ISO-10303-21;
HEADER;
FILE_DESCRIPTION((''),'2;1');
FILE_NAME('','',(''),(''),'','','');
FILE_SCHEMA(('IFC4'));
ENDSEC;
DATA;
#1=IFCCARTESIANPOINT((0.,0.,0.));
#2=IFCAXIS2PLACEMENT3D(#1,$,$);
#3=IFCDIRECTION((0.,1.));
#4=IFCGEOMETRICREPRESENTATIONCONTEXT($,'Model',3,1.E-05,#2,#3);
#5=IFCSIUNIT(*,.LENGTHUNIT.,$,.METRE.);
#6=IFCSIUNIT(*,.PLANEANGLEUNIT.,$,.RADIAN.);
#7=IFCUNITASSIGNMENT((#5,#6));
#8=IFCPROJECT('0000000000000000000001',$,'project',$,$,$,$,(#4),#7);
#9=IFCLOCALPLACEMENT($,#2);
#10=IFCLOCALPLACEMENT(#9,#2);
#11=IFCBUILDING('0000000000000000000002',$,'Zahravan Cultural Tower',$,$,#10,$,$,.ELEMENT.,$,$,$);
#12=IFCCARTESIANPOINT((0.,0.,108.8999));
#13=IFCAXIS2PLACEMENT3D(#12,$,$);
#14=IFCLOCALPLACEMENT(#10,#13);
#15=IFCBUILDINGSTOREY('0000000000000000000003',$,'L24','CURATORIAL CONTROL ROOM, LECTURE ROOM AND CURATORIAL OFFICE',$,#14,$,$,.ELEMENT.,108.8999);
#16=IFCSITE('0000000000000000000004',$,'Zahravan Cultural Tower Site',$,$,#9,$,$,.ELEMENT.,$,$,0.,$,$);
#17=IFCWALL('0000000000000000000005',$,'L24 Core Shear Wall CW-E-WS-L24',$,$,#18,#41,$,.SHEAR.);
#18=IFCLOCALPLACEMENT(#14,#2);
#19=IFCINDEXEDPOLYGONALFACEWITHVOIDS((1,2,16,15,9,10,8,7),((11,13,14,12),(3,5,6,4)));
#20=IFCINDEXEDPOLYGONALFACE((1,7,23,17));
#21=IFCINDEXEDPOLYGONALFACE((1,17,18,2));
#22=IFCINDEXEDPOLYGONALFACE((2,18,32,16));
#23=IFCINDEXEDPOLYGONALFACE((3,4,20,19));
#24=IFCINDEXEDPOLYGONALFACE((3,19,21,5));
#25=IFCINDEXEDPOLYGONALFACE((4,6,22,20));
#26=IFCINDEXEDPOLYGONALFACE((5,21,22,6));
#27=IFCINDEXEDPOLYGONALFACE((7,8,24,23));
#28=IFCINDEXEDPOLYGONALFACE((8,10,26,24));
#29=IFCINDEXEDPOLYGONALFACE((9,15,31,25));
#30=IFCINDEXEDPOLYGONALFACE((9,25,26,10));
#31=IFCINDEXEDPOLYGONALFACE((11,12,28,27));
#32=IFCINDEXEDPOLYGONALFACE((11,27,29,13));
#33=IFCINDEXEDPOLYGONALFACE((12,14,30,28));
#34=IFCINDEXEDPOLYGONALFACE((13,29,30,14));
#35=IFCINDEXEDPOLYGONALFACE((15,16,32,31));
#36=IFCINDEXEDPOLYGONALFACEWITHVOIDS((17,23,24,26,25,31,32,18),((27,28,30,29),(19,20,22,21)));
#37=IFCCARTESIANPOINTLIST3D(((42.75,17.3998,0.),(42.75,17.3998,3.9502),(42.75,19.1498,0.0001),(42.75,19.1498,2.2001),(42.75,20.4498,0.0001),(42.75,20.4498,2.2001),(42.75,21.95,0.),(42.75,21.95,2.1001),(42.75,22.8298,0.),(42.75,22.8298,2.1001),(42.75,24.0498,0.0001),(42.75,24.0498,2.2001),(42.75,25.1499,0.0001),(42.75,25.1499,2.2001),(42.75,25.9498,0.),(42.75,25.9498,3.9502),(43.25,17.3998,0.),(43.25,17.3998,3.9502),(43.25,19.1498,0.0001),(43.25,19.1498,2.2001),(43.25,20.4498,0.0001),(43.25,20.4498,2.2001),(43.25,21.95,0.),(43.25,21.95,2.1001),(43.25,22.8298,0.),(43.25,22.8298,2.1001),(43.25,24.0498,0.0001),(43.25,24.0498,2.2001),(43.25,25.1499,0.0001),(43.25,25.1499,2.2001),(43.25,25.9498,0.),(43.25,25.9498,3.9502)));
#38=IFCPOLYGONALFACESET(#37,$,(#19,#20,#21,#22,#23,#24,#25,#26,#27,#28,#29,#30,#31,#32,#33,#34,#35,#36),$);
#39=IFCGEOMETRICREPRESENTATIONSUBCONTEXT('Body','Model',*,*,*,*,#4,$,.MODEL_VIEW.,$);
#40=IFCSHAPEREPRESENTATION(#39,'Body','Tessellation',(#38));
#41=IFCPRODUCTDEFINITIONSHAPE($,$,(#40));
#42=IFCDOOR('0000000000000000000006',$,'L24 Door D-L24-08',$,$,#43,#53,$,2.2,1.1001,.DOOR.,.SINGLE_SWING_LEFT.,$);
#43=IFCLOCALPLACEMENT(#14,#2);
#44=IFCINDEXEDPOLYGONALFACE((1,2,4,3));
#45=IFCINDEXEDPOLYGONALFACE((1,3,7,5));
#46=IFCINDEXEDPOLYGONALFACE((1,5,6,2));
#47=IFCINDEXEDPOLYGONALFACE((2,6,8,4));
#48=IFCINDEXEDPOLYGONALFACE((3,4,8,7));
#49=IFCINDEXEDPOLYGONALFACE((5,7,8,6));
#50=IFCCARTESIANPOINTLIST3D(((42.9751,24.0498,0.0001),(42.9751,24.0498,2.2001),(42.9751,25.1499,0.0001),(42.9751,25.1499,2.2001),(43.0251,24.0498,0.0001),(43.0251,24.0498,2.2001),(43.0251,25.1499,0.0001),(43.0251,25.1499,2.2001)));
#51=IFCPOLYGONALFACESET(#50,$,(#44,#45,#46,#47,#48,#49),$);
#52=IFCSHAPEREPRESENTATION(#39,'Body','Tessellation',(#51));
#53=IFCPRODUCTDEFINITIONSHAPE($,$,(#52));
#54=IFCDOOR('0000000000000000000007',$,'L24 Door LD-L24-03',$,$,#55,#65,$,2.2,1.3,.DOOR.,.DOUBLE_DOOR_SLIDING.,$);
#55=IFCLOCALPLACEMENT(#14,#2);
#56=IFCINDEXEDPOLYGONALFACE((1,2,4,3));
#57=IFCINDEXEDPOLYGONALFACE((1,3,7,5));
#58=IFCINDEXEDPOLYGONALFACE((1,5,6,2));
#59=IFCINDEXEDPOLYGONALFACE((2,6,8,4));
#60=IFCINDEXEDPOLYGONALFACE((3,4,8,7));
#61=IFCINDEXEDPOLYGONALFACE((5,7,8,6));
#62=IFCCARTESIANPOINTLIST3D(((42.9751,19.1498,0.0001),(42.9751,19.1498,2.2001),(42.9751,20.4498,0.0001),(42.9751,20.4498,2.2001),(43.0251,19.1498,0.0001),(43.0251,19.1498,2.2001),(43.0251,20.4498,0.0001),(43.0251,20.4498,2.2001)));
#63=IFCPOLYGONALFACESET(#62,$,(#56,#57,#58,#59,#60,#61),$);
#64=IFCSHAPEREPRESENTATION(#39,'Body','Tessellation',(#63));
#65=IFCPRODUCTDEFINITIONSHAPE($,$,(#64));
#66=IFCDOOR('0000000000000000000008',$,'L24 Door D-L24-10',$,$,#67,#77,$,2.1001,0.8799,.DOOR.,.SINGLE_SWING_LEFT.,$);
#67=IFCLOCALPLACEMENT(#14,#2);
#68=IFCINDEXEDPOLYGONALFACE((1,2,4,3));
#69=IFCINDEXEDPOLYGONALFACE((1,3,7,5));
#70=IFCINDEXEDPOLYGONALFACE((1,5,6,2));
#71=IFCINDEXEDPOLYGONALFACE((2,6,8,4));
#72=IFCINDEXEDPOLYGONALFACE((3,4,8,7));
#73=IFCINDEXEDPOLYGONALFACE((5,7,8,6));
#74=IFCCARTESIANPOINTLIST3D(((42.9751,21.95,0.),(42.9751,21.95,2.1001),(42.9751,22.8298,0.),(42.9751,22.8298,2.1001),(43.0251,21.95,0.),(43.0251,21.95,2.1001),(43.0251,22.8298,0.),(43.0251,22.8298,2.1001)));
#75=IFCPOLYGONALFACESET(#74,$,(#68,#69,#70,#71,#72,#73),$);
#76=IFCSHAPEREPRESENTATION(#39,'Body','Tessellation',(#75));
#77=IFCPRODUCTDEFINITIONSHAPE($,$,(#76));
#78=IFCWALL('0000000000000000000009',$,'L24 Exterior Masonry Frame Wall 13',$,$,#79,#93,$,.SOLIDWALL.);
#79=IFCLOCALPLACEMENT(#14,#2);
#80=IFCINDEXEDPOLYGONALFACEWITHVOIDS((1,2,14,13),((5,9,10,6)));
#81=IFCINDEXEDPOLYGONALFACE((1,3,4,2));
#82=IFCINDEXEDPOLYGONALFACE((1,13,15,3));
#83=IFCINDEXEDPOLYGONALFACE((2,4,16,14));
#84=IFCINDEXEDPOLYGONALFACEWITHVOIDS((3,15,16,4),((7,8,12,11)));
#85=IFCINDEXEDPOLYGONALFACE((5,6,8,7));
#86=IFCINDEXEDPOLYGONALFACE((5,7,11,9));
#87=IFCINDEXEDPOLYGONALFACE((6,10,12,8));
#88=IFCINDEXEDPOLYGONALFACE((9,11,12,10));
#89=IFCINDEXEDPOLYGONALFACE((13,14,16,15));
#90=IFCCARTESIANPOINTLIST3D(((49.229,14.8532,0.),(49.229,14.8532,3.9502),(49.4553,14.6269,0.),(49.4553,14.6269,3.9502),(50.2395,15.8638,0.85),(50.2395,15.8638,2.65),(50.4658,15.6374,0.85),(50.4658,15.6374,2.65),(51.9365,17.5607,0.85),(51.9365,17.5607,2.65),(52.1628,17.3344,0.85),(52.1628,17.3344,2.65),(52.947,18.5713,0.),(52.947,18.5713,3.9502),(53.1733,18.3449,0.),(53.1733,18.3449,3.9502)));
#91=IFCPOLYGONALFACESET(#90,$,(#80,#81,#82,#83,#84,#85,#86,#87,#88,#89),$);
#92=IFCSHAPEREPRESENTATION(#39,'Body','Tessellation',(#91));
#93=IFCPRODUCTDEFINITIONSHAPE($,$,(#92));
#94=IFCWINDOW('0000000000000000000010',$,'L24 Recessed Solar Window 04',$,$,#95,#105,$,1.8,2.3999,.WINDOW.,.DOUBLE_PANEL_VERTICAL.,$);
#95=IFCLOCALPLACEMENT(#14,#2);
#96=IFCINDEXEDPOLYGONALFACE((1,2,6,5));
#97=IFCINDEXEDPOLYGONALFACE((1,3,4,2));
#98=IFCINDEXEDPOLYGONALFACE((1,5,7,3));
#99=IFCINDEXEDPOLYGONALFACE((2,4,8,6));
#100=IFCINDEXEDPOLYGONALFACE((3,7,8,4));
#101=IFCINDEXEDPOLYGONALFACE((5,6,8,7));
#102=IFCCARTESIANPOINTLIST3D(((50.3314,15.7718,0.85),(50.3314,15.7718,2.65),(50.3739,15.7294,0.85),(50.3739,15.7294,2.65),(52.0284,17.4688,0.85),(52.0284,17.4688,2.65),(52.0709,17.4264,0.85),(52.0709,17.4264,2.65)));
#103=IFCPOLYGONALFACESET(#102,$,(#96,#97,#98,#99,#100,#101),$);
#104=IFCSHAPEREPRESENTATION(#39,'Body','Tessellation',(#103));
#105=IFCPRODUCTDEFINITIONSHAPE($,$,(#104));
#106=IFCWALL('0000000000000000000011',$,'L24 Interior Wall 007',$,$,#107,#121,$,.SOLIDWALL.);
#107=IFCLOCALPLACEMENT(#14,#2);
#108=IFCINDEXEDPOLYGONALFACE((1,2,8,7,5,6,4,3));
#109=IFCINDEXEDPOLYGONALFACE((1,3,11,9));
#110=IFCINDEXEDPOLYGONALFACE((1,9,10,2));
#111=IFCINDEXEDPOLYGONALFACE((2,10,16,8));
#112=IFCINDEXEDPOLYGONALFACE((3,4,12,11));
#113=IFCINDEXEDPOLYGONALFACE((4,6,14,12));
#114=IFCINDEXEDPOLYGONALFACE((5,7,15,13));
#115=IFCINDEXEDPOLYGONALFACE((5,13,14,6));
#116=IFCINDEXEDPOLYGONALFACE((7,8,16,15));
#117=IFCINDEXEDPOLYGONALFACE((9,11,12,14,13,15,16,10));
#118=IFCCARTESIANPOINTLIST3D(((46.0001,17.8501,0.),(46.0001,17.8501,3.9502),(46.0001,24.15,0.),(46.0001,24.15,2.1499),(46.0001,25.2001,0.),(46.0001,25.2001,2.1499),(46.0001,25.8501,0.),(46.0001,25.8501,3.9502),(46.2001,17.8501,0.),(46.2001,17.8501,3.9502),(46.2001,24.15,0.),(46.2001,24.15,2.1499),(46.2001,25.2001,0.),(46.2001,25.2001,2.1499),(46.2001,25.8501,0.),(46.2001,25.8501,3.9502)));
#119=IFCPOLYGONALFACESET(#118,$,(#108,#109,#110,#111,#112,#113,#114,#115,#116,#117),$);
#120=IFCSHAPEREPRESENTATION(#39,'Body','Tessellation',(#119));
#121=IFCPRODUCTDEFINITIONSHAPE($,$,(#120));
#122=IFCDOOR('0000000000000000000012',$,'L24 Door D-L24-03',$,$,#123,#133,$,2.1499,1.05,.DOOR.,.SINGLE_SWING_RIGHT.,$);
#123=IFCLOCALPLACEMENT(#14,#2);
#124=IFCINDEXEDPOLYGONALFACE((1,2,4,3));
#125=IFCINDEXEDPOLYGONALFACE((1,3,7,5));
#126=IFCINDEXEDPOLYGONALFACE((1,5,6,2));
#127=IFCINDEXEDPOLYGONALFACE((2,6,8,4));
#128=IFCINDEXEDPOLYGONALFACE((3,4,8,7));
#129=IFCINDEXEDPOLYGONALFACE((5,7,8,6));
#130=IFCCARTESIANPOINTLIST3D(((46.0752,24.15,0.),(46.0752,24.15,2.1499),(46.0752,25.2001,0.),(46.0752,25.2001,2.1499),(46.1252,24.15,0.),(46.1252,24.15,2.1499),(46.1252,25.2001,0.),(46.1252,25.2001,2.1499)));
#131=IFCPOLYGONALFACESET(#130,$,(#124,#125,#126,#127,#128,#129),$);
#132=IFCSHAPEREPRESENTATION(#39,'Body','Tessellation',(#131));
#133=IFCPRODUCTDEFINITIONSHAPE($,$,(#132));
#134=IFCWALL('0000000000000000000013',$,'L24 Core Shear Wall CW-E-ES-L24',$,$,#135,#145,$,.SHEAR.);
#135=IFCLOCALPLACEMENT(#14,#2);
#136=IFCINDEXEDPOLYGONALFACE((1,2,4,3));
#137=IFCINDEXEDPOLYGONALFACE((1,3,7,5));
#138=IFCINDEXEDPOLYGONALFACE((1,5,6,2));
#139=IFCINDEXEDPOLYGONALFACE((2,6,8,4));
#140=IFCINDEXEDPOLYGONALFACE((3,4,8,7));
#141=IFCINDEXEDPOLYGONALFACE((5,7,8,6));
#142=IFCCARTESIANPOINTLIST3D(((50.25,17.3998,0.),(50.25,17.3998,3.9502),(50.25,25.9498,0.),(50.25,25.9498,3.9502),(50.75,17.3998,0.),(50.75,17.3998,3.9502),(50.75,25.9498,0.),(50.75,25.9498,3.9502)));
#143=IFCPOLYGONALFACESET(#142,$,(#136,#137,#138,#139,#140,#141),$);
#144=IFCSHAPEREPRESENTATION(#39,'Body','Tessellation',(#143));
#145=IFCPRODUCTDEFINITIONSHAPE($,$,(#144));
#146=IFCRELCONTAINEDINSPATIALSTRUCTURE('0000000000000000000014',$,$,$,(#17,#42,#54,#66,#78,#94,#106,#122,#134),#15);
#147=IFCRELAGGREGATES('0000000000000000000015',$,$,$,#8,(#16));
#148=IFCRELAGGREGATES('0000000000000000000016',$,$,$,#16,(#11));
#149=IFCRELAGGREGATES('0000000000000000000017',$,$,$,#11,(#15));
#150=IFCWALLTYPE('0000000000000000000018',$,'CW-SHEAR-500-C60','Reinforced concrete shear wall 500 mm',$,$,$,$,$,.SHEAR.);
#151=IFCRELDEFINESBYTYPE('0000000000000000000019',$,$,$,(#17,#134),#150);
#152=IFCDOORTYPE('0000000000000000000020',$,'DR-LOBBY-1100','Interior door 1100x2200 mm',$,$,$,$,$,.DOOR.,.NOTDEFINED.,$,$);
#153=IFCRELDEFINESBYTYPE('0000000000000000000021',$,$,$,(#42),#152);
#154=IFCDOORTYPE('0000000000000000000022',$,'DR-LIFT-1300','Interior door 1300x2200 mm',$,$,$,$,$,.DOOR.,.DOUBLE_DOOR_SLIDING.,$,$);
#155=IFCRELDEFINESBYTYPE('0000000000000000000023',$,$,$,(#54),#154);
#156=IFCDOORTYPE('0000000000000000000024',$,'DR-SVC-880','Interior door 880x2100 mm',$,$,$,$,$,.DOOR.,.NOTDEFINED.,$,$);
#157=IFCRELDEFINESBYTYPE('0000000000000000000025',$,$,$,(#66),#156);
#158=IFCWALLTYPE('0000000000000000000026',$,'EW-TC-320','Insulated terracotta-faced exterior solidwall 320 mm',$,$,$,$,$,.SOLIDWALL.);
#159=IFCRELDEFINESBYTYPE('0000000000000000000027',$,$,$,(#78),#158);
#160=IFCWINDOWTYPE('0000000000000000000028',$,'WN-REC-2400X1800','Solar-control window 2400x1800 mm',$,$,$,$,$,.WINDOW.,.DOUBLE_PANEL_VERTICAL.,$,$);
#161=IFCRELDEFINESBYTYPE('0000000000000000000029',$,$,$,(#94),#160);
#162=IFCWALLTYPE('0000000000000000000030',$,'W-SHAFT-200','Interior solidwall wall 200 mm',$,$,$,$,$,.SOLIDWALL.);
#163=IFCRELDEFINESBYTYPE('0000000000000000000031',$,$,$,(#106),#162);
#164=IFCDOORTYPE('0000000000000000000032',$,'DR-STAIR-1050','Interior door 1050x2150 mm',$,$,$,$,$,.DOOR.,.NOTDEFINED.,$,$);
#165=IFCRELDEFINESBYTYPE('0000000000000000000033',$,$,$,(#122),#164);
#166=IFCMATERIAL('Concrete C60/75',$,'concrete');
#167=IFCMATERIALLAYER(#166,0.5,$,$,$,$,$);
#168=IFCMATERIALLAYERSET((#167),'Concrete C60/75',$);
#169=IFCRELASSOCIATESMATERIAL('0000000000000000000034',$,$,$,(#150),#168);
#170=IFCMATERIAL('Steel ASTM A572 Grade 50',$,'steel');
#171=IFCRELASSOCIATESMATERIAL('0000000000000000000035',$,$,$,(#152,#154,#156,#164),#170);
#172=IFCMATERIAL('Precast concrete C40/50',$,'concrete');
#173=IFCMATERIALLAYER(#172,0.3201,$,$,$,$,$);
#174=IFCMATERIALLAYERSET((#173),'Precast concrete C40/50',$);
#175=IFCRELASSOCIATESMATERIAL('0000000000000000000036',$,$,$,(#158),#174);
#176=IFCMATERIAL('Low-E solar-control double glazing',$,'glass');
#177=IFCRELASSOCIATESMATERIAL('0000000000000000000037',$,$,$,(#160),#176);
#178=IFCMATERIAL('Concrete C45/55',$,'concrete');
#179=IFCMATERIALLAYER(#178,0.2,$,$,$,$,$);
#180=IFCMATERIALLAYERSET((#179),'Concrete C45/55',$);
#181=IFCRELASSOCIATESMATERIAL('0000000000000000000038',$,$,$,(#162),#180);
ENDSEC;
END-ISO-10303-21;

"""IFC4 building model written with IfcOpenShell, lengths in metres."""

from ifc_helpers import new_model, si_unit, direction, frame, frame_2d, origin, place, context, subcontext, project, spatial, rectangle, extrude, source, transform, mapped, material, layer, layer_set, type_object, element, fill, save


model = new_model("IFC4")

# Units and contexts
model_context = context("Model", 3, precision=1e-05, world=origin(), true_north=direction((0.0, 1.0)))
body_context = subcontext(model_context, "Body", "Model", "MODEL_VIEW")
ifc_project = project(units=[si_unit("LENGTHUNIT", "METRE"), si_unit("PLANEANGLEUNIT", "RADIAN")], contexts=[model_context])

# Site, building, storey
site_placement = place(None, origin())
site = spatial("IfcSite", under=ifc_project, at=site_placement, Name="Zahravan Cultural Tower Site", CompositionType="ELEMENT", RefElevation=0.0)
building_placement = place(site_placement, origin())
building = spatial("IfcBuilding", under=site, at=building_placement, Name="Zahravan Cultural Tower", CompositionType="ELEMENT")
storey_placement = place(building_placement, frame((0.0, 0.0, 108.8999)))
storey = spatial("IfcBuildingStorey", under=building, at=storey_placement, Name="L24", Description="CURATORIAL CONTROL ROOM, LECTURE ROOM AND CURATORIAL OFFICE", CompositionType="ELEMENT", Elevation=108.8999)

# Shared definitions
ifc_material_1 = material(Name="Concrete C60/75", Category="concrete")

# Wall, openings, doors
ifc_layer_1 = layer(ifc_material_1, 0.5)
ifc_layer_set_1 = layer_set([ifc_layer_1], Name="Concrete C60/75")
wall_type_1 = type_object("IfcWallType", Name="CW-SHEAR-500-C60", Description="Reinforced concrete shear wall 500 mm", PredefinedType="SHEAR", material=ifc_layer_set_1)
wall_1_placement = place(storey_placement, frame((43.0, 17.3999, 0.0), z_axis=(0.0, 0.0, 1.0), x_axis=(0.0, 1.0, 0.0)))
wall_1 = element("IfcWall", 1, at=wall_1_placement, inside=storey, type_object=wall_type_1, Name="L24 Core Shear Wall CW-E-WS-L24", PredefinedType="SHEAR", context=body_context, shape_type="SweptSolid", body=[
    extrude(rectangle(XDim=8.55, YDim=0.5, at=frame_2d((4.2749, 0.0))), origin(), (0.0, 0.0, 1.0), 3.9502),
])
opening_1_placement = place(wall_1_placement, frame((6.6499, 0.0, 0.0)))
opening_1 = element("IfcOpeningElement", 2, at=opening_1_placement, cuts=wall_1, PredefinedType="OPENING", context=body_context, shape_type="SweptSolid", body=[
    extrude(rectangle(XDim=1.1001, YDim=2.2, at=frame_2d((0.55, 1.1001))), frame((0.0, 0.26, 0.0), z_axis=(0.0, -1.0, 0.0), x_axis=(1.0, 0.0, 0.0)), (0.0, 0.0, 1.0), 0.52),
])
opening_2_placement = place(wall_1_placement, frame((1.75, 0.0, 0.0)))
opening_2 = element("IfcOpeningElement", 3, at=opening_2_placement, cuts=wall_1, PredefinedType="OPENING", context=body_context, shape_type="SweptSolid", body=[
    extrude(rectangle(XDim=1.3, YDim=2.2, at=frame_2d((0.6499, 1.1001))), frame((0.0, 0.26, 0.0), z_axis=(0.0, -1.0, 0.0), x_axis=(1.0, 0.0, 0.0)), (0.0, 0.0, 1.0), 0.52),
])
opening_3_placement = place(wall_1_placement, frame((4.55, 0.0, 0.0)))
opening_3 = element("IfcOpeningElement", 4, at=opening_3_placement, cuts=wall_1, PredefinedType="OPENING", context=body_context, shape_type="SweptSolid", body=[
    extrude(rectangle(XDim=0.8799, YDim=2.1001, at=frame_2d((0.4399, 1.05))), frame((0.0, 0.26, 0.0), z_axis=(0.0, -1.0, 0.0), x_axis=(1.0, 0.0, 0.0)), (0.0, 0.0, 1.0), 0.52),
])
ifc_material_2 = material(Name="Steel ASTM A572 Grade 50", Category="steel")
door_type_1 = type_object("IfcDoorType", Name="DR-LOBBY-1100", Description="Interior door 1100x2200 mm", OperationType="NOTDEFINED", PredefinedType="DOOR", material=ifc_material_2)
shared_shape_1 = source(origin(), body_context, "Body", "SweptSolid", [
    extrude(rectangle(XDim=1.1001, YDim=2.2, at=frame_2d((0.55, 1.1001))), frame((0.0, 0.0249, 0.0), z_axis=(0.0, -1.0, 0.0), x_axis=(1.0, 0.0, 0.0)), (0.0, 0.0, 1.0), 0.05),
])
door_1_placement = place(opening_1_placement, origin())
door_1 = element("IfcDoor", 5, at=door_1_placement, inside=storey, type_object=door_type_1, Name="L24 Door D-L24-08", OperationType="SINGLE_SWING_LEFT", OverallHeight=2.2, OverallWidth=1.1001, PredefinedType="DOOR", context=body_context, shape_type="MappedRepresentation", body=[
    mapped(shared_shape_1, transform((0.0, 0.0, 0.0), x_axis=(1.0, 0.0, 0.0), y_axis=(0.0, 1.0, 0.0), z_axis=(0.0, 0.0, 1.0), scale=1.0)),
])
fill(opening_1, door_1)
door_type_2 = type_object("IfcDoorType", Name="DR-LIFT-1300", Description="Interior door 1300x2200 mm", OperationType="DOUBLE_DOOR_SLIDING", PredefinedType="DOOR", material=ifc_material_2)
shared_shape_2 = source(origin(), body_context, "Body", "SweptSolid", [
    extrude(rectangle(XDim=1.3, YDim=2.2, at=frame_2d((0.6499, 1.1001))), frame((0.0, 0.0249, 0.0), z_axis=(0.0, -1.0, 0.0), x_axis=(1.0, 0.0, 0.0)), (0.0, 0.0, 1.0), 0.05),
])
door_2_placement = place(opening_2_placement, origin())
door_2 = element("IfcDoor", 6, at=door_2_placement, inside=storey, type_object=door_type_2, Name="L24 Door LD-L24-03", OperationType="DOUBLE_DOOR_SLIDING", OverallHeight=2.2, OverallWidth=1.3, PredefinedType="DOOR", context=body_context, shape_type="MappedRepresentation", body=[
    mapped(shared_shape_2, transform((0.0, 0.0, 0.0), x_axis=(1.0, 0.0, 0.0), y_axis=(0.0, 1.0, 0.0), z_axis=(0.0, 0.0, 1.0), scale=1.0)),
])
fill(opening_2, door_2)
door_type_3 = type_object("IfcDoorType", Name="DR-SVC-880", Description="Interior door 880x2100 mm", OperationType="NOTDEFINED", PredefinedType="DOOR", material=ifc_material_2)
shared_shape_3 = source(origin(), body_context, "Body", "SweptSolid", [
    extrude(rectangle(XDim=0.8799, YDim=2.1001, at=frame_2d((0.4399, 1.05))), frame((0.0, 0.0249, 0.0), z_axis=(0.0, -1.0, 0.0), x_axis=(1.0, 0.0, 0.0)), (0.0, 0.0, 1.0), 0.05),
])
door_3_placement = place(opening_3_placement, origin())
door_3 = element("IfcDoor", 7, at=door_3_placement, inside=storey, type_object=door_type_3, Name="L24 Door D-L24-10", OperationType="SINGLE_SWING_LEFT", OverallHeight=2.1001, OverallWidth=0.8799, PredefinedType="DOOR", context=body_context, shape_type="MappedRepresentation", body=[
    mapped(shared_shape_3, transform((0.0, 0.0, 0.0), x_axis=(1.0, 0.0, 0.0), y_axis=(0.0, 1.0, 0.0), z_axis=(0.0, 0.0, 1.0), scale=1.0)),
])
fill(opening_3, door_3)

# Wall, opening, window
ifc_material_3 = material(Name="Precast concrete C40/50", Category="concrete")
ifc_layer_2 = layer(ifc_material_3, 0.3201)
ifc_layer_set_2 = layer_set([ifc_layer_2], Name="Precast concrete C40/50")
wall_type_2 = type_object("IfcWallType", Name="EW-TC-320", Description="Insulated terracotta-faced exterior solidwall 320 mm", PredefinedType="SOLIDWALL", material=ifc_layer_set_2)
wall_2_placement = place(storey_placement, frame((53.0601, 18.458, 0.0), z_axis=(0.0, 0.0, 1.0), x_axis=(-0.707107, -0.707107, 0.0)))
wall_2 = element("IfcWall", 8, at=wall_2_placement, inside=storey, type_object=wall_type_2, Name="L24 Exterior Masonry Frame Wall 13", PredefinedType="SOLIDWALL", context=body_context, shape_type="SweptSolid", body=[
    extrude(rectangle(XDim=5.2581, YDim=0.3201, at=frame_2d((2.6289, 0.0))), origin(), (0.0, 0.0, 1.0), 3.9502),
])
opening_4_placement = place(wall_2_placement, frame((1.429, 0.0, 0.8501)))
opening_4 = element("IfcOpeningElement", 9, at=opening_4_placement, cuts=wall_2, PredefinedType="OPENING", context=body_context, shape_type="SweptSolid", body=[
    extrude(rectangle(XDim=2.3999, YDim=1.8, at=frame_2d((1.2, 0.8999))), frame((0.0, 0.1699, 0.0), z_axis=(0.0, -1.0, 0.0), x_axis=(1.0, 0.0, 0.0)), (0.0, 0.0, 1.0), 0.3401),
])
ifc_material_4 = material(Name="Low-E solar-control double glazing", Category="glass")
window_type = type_object("IfcWindowType", Name="WN-REC-2400X1800", Description="Solar-control window 2400x1800 mm", PartitioningType="DOUBLE_PANEL_VERTICAL", PredefinedType="WINDOW", material=ifc_material_4)
shared_shape_4 = source(origin(), body_context, "Body", "SweptSolid", [
    extrude(rectangle(XDim=2.3999, YDim=1.8, at=frame_2d((1.2, 0.8999))), frame((0.0, 0.03, 0.0), z_axis=(0.0, -1.0, 0.0), x_axis=(1.0, 0.0, 0.0)), (0.0, 0.0, 1.0), 0.0601),
])
window_placement = place(opening_4_placement, origin())
window = element("IfcWindow", 10, at=window_placement, inside=storey, type_object=window_type, Name="L24 Recessed Solar Window 04", OverallHeight=1.8, OverallWidth=2.3999, PartitioningType="DOUBLE_PANEL_VERTICAL", PredefinedType="WINDOW", context=body_context, shape_type="MappedRepresentation", body=[
    mapped(shared_shape_4, transform((0.0, 0.0, 0.0), x_axis=(1.0, 0.0, 0.0), y_axis=(0.0, 1.0, 0.0), z_axis=(0.0, 0.0, 1.0), scale=1.0)),
])
fill(opening_4, window)

# Wall, opening, door
shared_shape_5 = source(origin(), body_context, "Body", "SweptSolid", [
    extrude(rectangle(XDim=1.05, YDim=2.1499, at=frame_2d((0.5249, 1.075))), frame((0.0, 0.0249, 0.0), z_axis=(0.0, -1.0, 0.0), x_axis=(1.0, 0.0, 0.0)), (0.0, 0.0, 1.0), 0.05),
])
ifc_material_5 = material(Name="Concrete C45/55", Category="concrete")
ifc_layer_3 = layer(ifc_material_5, 0.2)
ifc_layer_set_3 = layer_set([ifc_layer_3], Name="Concrete C45/55")
wall_type_3 = type_object("IfcWallType", Name="W-SHAFT-200", Description="Interior solidwall wall 200 mm", PredefinedType="SOLIDWALL", material=ifc_layer_set_3)
wall_3_placement = place(storey_placement, frame((46.1001, 17.8501, 0.0), z_axis=(0.0, 0.0, 1.0), x_axis=(0.0, 1.0, 0.0)))
wall_3 = element("IfcWall", 11, at=wall_3_placement, inside=storey, type_object=wall_type_3, Name="L24 Interior Wall 007", PredefinedType="SOLIDWALL", context=body_context, shape_type="SweptSolid", body=[
    extrude(rectangle(XDim=8.0, YDim=0.2, at=frame_2d((4.0, 0.0))), origin(), (0.0, 0.0, 1.0), 3.9502),
])
opening_5_placement = place(wall_3_placement, frame((6.3, 0.0, 0.0)))
opening_5 = element("IfcOpeningElement", 12, at=opening_5_placement, cuts=wall_3, PredefinedType="OPENING", context=body_context, shape_type="SweptSolid", body=[
    extrude(rectangle(XDim=1.05, YDim=2.1499, at=frame_2d((0.5249, 1.075))), frame((0.0, 0.1099, 0.0), z_axis=(0.0, -1.0, 0.0), x_axis=(1.0, 0.0, 0.0)), (0.0, 0.0, 1.0), 0.22),
])
door_type_4 = type_object("IfcDoorType", Name="DR-STAIR-1050", Description="Interior door 1050x2150 mm", OperationType="NOTDEFINED", PredefinedType="DOOR", material=ifc_material_2)
door_4_placement = place(opening_5_placement, origin())
door_4 = element("IfcDoor", 13, at=door_4_placement, inside=storey, type_object=door_type_4, Name="L24 Door D-L24-03", OperationType="SINGLE_SWING_RIGHT", OverallHeight=2.1499, OverallWidth=1.05, PredefinedType="DOOR", context=body_context, shape_type="MappedRepresentation", body=[
    mapped(shared_shape_5, transform((0.0, 0.0, 0.0), x_axis=(1.0, 0.0, 0.0), y_axis=(0.0, 1.0, 0.0), z_axis=(0.0, 0.0, 1.0), scale=1.0)),
])
fill(opening_5, door_4)

# Wall
shared_shape_6 = source(origin(), body_context, "Body", "SweptSolid", [
    extrude(rectangle(XDim=8.55, YDim=0.5, at=frame_2d((4.2749, 0.0))), origin(), (0.0, 0.0, 1.0), 3.9502),
])
wall_4_placement = place(storey_placement, frame((50.5, 17.3999, 0.0), z_axis=(0.0, 0.0, 1.0), x_axis=(0.0, 1.0, 0.0)))
element("IfcWall", 14, at=wall_4_placement, inside=storey, type_object=wall_type_1, Name="L24 Core Shear Wall CW-E-ES-L24", PredefinedType="SHEAR", context=body_context, shape_type="MappedRepresentation", body=[
    mapped(shared_shape_6, transform((0.0, 0.0, 0.0), x_axis=(1.0, 0.0, 0.0), y_axis=(0.0, 1.0, 0.0), z_axis=(0.0, 0.0, 1.0), scale=1.0)),
])

save(model, "model.ifc")
